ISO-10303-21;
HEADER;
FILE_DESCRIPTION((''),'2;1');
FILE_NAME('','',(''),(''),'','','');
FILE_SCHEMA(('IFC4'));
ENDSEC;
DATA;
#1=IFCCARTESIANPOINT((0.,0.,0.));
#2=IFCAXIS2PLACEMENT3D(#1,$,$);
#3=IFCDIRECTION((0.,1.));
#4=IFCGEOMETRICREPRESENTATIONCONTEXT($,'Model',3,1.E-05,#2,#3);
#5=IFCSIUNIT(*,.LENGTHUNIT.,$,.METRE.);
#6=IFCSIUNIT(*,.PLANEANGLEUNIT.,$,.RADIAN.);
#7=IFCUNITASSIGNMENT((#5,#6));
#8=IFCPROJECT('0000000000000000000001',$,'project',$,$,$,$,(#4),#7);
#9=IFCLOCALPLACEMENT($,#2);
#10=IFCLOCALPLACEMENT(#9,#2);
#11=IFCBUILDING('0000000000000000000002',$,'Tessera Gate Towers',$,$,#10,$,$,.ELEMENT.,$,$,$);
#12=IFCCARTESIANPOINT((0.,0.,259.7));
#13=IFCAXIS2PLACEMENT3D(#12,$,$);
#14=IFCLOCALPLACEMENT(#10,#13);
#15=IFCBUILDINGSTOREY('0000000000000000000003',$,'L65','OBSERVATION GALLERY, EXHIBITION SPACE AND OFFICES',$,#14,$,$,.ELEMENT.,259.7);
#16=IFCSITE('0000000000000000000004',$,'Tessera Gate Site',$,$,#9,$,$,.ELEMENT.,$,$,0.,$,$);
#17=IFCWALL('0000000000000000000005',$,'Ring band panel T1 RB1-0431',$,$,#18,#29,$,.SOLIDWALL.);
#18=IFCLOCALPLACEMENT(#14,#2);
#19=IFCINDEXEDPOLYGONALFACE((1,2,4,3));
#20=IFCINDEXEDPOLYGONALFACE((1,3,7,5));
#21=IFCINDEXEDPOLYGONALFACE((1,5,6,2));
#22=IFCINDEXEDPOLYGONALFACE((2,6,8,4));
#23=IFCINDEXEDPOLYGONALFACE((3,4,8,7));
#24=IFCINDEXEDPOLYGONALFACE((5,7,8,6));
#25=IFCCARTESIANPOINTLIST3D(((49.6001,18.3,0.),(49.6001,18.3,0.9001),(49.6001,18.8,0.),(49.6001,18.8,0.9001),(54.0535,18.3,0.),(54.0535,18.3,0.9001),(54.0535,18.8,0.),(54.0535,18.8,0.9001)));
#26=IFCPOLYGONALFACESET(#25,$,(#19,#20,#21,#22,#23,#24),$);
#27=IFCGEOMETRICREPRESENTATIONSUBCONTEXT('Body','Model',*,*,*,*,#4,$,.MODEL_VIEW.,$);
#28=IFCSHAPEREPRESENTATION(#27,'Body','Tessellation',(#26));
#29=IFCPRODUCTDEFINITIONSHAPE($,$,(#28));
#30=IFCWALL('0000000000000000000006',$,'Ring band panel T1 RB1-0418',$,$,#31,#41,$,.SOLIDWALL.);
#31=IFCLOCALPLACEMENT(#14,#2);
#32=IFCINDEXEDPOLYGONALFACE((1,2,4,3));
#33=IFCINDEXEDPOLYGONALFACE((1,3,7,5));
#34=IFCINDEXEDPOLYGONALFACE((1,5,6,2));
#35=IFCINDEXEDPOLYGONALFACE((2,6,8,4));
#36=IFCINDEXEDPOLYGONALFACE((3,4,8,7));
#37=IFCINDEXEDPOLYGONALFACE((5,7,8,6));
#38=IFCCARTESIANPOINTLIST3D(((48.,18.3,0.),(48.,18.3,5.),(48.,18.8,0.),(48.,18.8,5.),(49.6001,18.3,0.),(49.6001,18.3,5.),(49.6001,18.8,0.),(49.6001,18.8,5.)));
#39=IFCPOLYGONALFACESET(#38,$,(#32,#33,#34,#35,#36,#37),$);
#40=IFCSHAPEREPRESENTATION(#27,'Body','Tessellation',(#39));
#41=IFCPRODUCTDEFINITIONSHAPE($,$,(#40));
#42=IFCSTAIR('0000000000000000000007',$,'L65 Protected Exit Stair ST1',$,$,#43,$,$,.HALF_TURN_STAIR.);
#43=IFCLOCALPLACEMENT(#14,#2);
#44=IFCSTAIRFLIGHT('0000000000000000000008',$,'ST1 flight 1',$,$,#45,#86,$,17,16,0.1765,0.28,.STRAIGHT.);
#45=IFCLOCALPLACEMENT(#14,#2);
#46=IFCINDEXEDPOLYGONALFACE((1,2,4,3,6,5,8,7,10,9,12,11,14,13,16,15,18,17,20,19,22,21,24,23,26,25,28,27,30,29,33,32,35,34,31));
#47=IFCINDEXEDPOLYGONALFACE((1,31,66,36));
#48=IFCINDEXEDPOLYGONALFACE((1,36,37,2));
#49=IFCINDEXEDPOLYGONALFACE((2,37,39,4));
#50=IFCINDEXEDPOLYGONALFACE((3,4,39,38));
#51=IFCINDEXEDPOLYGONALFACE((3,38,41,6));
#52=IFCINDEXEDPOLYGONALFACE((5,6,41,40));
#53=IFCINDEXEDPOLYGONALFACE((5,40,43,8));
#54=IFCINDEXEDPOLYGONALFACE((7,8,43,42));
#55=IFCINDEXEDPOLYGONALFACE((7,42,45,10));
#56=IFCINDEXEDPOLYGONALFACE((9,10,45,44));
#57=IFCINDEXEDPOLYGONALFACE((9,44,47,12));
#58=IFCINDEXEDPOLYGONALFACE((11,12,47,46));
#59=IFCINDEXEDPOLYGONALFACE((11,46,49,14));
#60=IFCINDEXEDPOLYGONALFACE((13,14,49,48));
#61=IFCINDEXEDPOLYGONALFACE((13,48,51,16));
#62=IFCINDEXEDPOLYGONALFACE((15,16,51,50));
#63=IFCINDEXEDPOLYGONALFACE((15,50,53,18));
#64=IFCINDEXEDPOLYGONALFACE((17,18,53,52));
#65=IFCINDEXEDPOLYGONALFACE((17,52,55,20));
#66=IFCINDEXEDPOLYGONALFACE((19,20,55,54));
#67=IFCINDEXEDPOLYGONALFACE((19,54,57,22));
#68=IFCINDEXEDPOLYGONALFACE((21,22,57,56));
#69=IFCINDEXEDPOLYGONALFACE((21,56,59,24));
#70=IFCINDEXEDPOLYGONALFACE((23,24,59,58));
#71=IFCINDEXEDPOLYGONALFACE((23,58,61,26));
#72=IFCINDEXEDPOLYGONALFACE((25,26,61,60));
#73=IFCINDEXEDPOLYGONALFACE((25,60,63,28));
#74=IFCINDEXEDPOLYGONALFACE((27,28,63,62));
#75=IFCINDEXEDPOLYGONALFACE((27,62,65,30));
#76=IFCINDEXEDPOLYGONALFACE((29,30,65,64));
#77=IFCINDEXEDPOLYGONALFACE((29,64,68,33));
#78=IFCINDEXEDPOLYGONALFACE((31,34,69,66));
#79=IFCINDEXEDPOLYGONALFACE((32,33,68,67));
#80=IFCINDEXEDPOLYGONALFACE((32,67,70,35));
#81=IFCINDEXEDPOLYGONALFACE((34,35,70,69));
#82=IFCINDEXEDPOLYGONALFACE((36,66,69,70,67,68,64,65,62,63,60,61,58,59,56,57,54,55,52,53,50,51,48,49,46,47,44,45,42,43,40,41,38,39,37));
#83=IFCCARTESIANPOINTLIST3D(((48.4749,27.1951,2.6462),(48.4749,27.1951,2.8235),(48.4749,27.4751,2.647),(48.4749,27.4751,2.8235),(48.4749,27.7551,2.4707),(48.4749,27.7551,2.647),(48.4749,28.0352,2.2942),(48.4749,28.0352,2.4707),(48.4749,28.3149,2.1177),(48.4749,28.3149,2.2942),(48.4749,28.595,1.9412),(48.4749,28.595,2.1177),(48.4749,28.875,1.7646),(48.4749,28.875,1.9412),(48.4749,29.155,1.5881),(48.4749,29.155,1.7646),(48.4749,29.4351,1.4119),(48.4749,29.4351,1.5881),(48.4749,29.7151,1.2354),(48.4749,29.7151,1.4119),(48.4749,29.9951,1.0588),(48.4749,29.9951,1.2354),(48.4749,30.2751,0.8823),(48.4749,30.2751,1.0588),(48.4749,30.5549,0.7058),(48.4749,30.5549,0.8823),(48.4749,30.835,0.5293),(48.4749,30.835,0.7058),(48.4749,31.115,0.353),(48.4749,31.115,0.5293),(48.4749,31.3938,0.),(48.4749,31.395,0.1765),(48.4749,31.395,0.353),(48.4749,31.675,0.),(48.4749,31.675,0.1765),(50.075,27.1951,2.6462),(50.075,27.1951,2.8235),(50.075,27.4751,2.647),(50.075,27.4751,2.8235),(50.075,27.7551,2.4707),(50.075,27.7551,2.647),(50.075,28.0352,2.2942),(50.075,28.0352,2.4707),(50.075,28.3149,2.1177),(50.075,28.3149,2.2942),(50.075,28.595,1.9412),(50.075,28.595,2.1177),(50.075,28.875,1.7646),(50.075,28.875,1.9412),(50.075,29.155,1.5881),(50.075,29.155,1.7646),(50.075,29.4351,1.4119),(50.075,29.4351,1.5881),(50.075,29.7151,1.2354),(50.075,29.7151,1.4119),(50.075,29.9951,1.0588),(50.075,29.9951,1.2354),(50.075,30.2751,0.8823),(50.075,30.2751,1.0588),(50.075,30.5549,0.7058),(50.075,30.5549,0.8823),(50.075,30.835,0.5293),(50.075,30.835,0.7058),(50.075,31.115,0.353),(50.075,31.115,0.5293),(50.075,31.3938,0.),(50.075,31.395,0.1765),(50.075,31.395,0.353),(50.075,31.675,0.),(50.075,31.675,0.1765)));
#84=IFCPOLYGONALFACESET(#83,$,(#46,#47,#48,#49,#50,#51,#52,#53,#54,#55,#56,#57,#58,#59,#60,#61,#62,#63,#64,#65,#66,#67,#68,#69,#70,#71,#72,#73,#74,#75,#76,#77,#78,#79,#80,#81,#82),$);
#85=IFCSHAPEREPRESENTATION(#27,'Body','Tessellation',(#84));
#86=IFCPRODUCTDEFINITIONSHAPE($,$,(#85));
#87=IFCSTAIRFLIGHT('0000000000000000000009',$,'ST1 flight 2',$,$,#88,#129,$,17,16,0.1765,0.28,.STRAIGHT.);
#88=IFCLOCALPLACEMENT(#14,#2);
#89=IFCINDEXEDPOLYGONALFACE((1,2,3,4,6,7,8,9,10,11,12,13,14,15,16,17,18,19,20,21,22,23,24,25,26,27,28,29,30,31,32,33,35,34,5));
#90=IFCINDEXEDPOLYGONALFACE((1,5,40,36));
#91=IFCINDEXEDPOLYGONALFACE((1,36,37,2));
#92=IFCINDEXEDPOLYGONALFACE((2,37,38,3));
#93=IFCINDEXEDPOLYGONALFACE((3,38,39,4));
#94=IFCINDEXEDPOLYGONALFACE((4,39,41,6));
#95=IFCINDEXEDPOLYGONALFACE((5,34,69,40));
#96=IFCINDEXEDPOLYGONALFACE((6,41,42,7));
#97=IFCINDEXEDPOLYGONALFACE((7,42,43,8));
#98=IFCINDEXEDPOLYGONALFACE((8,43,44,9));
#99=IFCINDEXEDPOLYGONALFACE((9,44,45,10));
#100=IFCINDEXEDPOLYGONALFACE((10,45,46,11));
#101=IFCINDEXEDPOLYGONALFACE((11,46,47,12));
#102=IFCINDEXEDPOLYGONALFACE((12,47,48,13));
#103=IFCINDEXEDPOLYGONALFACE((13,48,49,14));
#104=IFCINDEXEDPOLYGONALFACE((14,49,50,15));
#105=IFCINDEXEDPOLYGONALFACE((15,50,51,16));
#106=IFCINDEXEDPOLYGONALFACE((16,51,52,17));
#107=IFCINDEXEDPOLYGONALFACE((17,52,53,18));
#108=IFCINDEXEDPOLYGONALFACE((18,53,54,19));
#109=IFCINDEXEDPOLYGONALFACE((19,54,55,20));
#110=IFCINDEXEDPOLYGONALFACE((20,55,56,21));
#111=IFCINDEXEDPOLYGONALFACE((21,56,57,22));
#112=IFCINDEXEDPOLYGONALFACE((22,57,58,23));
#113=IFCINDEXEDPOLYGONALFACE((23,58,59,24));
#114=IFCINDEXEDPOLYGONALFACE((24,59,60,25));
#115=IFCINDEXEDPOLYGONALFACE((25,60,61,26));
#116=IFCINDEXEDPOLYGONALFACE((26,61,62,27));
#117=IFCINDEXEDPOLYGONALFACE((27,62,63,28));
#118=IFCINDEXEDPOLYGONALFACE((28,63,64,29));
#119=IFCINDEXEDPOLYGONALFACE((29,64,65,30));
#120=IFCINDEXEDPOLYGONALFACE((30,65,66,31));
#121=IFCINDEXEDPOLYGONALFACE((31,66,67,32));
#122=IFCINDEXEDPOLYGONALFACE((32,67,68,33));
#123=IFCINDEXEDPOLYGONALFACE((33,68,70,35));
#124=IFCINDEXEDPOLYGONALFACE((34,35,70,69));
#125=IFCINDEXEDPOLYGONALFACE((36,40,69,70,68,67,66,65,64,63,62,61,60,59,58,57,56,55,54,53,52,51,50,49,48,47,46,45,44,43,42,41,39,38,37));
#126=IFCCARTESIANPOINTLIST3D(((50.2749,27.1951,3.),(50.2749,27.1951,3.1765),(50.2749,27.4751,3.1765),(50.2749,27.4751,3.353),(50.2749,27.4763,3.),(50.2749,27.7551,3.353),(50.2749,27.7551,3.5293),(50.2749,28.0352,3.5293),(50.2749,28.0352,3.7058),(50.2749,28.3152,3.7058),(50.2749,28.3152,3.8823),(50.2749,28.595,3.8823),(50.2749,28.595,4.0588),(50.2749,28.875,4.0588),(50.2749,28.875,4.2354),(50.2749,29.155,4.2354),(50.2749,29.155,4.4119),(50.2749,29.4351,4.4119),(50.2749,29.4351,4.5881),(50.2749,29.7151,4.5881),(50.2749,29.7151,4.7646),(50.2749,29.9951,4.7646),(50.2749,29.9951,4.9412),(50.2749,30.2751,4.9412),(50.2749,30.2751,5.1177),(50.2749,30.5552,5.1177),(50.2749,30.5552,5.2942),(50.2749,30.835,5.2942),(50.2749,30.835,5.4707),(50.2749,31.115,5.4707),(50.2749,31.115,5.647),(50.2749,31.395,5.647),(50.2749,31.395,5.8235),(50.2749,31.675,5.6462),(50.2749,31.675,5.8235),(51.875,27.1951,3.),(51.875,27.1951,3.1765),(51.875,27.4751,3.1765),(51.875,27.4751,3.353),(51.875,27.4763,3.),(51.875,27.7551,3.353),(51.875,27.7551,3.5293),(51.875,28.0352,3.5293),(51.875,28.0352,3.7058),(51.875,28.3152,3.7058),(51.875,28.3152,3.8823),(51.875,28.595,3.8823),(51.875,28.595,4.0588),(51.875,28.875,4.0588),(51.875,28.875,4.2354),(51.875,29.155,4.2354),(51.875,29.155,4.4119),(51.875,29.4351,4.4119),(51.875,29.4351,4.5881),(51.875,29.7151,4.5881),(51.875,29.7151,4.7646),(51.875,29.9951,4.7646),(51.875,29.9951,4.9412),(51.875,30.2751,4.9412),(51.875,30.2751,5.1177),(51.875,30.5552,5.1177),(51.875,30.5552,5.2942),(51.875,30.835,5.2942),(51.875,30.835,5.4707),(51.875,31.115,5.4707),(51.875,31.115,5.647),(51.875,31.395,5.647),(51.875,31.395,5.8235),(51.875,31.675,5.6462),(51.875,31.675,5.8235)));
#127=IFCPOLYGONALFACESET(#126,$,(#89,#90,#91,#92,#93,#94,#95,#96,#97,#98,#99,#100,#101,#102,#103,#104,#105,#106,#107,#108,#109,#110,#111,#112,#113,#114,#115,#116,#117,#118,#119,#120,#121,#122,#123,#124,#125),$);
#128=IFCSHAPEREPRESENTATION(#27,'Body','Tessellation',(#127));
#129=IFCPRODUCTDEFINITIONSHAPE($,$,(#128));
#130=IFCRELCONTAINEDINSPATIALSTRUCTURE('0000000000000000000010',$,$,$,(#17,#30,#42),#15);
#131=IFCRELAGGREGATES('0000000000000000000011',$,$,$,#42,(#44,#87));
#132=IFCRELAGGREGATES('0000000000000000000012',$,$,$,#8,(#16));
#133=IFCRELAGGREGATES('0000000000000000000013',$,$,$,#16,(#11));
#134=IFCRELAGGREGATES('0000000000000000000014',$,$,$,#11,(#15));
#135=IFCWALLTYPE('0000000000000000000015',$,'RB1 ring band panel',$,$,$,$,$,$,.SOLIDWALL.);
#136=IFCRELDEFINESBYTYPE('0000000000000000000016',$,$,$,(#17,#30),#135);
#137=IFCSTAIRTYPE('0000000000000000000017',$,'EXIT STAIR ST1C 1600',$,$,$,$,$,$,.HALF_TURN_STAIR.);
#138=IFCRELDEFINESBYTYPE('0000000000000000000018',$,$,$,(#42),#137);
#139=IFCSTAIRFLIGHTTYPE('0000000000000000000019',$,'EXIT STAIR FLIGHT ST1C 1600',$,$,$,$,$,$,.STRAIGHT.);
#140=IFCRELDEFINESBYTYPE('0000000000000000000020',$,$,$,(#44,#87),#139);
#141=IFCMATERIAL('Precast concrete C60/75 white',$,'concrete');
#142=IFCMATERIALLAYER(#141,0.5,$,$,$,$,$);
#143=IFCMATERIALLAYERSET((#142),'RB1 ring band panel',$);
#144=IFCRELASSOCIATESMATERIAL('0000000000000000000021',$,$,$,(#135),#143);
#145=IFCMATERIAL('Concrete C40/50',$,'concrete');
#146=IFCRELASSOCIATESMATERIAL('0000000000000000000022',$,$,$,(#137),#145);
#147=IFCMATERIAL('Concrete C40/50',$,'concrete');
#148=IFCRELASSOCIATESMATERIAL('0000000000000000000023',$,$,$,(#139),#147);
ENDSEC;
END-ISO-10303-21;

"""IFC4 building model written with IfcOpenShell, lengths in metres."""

from ifc_helpers import new_model, si_unit, direction, frame, origin, place, context, subcontext, project, spatial, polyline, outline, extrude, source, transform, mapped, material, layer, layer_set, type_object, element, aggregate, save


model = new_model("IFC4")

# Units and contexts
model_context = context("Model", 3, precision=1e-05, world=origin(), true_north=direction((0.0, 1.0)))
body_context = subcontext(model_context, "Body", "Model", "MODEL_VIEW")
ifc_project = project(units=[si_unit("LENGTHUNIT", "METRE"), si_unit("PLANEANGLEUNIT", "RADIAN")], contexts=[model_context])

# Site, building, storey
site_placement = place(None, origin())
site = spatial("IfcSite", under=ifc_project, at=site_placement, Name="Tessera Gate Site", CompositionType="ELEMENT", RefElevation=0.0)
building_placement = place(site_placement, origin())
building = spatial("IfcBuilding", under=site, at=building_placement, Name="Tessera Gate Towers", CompositionType="ELEMENT")
storey_placement = place(building_placement, frame((0.0, 0.0, 259.7)))
storey = spatial("IfcBuildingStorey", under=building, at=storey_placement, Name="L65", Description="OBSERVATION GALLERY, EXHIBITION SPACE AND OFFICES", CompositionType="ELEMENT", Elevation=259.7)

# Walls
ifc_material_1 = material(Name="Precast concrete C60/75 white", Category="concrete")
ifc_layer_1 = layer(ifc_material_1, 0.5)
ifc_layer_set_1 = layer_set([ifc_layer_1], Name="RB1 ring band panel")
wall_type_1 = type_object("IfcWallType", Name="RB1 ring band panel", PredefinedType="SOLIDWALL", material=ifc_layer_set_1)
shared_shape_1 = source(origin(), body_context, "Body", "SweptSolid", [
    extrude(outline(polyline([(0.0, 0.0), (4.4534, 0.0), (4.4534, 0.9001), (0.0, 0.9001), (0.0, 0.0)])), frame((0.0, 0.25, 0.0), z_axis=(0.0, -1.0, 0.0), x_axis=(1.0, 0.0, 0.0)), (0.0, 0.0, 1.0), 0.5),
])
wall_1_placement = place(storey_placement, frame((49.6001, 18.55, 0.0), z_axis=(0.0, 0.0, 1.0), x_axis=(1.0, 0.0, 0.0)))
element("IfcWall", 1, at=wall_1_placement, inside=storey, type_object=wall_type_1, Name="Ring band panel T1 RB1-0431", PredefinedType="SOLIDWALL", context=body_context, shape_type="MappedRepresentation", body=[
    mapped(shared_shape_1, transform((0.0, 0.0, 0.0), scale=1.0)),
])
shared_shape_2 = source(origin(), body_context, "Body", "SweptSolid", [
    extrude(outline(polyline([(0.0, 0.0), (1.6001, 0.0), (1.6001, 5.0), (0.0, 5.0), (0.0, 0.0)])), frame((0.0, 0.25, 0.0), z_axis=(0.0, -1.0, 0.0), x_axis=(1.0, 0.0, 0.0)), (0.0, 0.0, 1.0), 0.5),
])
wall_2_placement = place(storey_placement, frame((48.0, 18.55, 0.0), z_axis=(0.0, 0.0, 1.0), x_axis=(1.0, 0.0, 0.0)))
element("IfcWall", 2, at=wall_2_placement, inside=storey, type_object=wall_type_1, Name="Ring band panel T1 RB1-0418", PredefinedType="SOLIDWALL", context=body_context, shape_type="MappedRepresentation", body=[
    mapped(shared_shape_2, transform((0.0, 0.0, 0.0), scale=1.0)),
])

# Stair, stair flights
ifc_material_2 = material(Name="Concrete C40/50", Category="concrete")
stair_type = type_object("IfcStairType", Name="EXIT STAIR ST1C 1600", PredefinedType="HALF_TURN_STAIR", material=ifc_material_2)
stair_placement = place(storey_placement, origin())
stair = element("IfcStair", 3, at=stair_placement, inside=storey, type_object=stair_type, Name="L65 Protected Exit Stair ST1", PredefinedType="HALF_TURN_STAIR")
ifc_material_3 = material(Name="Concrete C40/50", Category="concrete")
stair_flight_type = type_object("IfcStairFlightType", Name="EXIT STAIR FLIGHT ST1C 1600", PredefinedType="STRAIGHT", material=ifc_material_3)
stair_flight_1_placement = place(storey_placement, frame((49.2749, 31.675, 0.0), z_axis=(0.0, 0.0, 1.0), x_axis=(0.0, -1.0, 0.0)))
stair_flight_1 = element("IfcStairFlight", 4, at=stair_flight_1_placement, type_object=stair_flight_type, Name="ST1 flight 1", NumberOfRisers=17, NumberOfTreads=16, PredefinedType="STRAIGHT", RiserHeight=0.1765, TreadLength=0.28, context=body_context, shape_type="SweptSolid", body=[
    extrude(outline(polyline([(0.0, 0.0), (0.0, 0.1765), (0.28, 0.1765), (0.28, 0.353), (0.5601, 0.353), (0.5601, 0.5293), (0.8401, 0.5293), (0.8401, 0.7058), (1.1201, 0.7058), (1.1201, 0.8823), (1.3999, 0.8823), (1.3999, 1.0588), (1.6799, 1.0588), (1.6799, 1.2354), (1.96, 1.2354), (1.96, 1.4119), (2.24, 1.4119), (2.24, 1.5881), (2.52, 1.5881), (2.52, 1.7646), (2.8, 1.7646), (2.8, 1.9412), (3.0801, 1.9412), (3.0801, 2.1177), (3.3601, 2.1177), (3.3601, 2.2942), (3.6399, 2.2942), (3.6399, 2.4707), (3.9199, 2.4707), (3.9199, 2.647), (4.2, 2.647), (4.2, 2.8235), (4.48, 2.8235), (4.48, 3.0), (4.48, 2.6462), (0.2812, 0.0), (0.0, 0.0)])), frame((0.0, 0.8, 0.0), z_axis=(0.0, -1.0, 0.0), x_axis=(1.0, 0.0, 0.0)), (0.0, 0.0, 1.0), 1.6001),
])
stair_flight_2_placement = place(storey_placement, frame((51.075, 27.1951, 3.0), z_axis=(0.0, 0.0, 1.0), x_axis=(0.0, 1.0, 0.0)))
stair_flight_2 = element("IfcStairFlight", 5, at=stair_flight_2_placement, type_object=stair_flight_type, Name="ST1 flight 2", NumberOfRisers=17, NumberOfTreads=16, PredefinedType="STRAIGHT", RiserHeight=0.1765, TreadLength=0.28, context=body_context, shape_type="SweptSolid", body=[
    extrude(outline(polyline([(0.0, 0.0), (0.0, 0.1765), (0.28, 0.1765), (0.28, 0.353), (0.5601, 0.353), (0.5601, 0.5293), (0.8401, 0.5293), (0.8401, 0.7058), (1.1201, 0.7058), (1.1201, 0.8823), (1.3999, 0.8823), (1.3999, 1.0588), (1.6799, 1.0588), (1.6799, 1.2354), (1.96, 1.2354), (1.96, 1.4119), (2.24, 1.4119), (2.24, 1.5881), (2.52, 1.5881), (2.52, 1.7646), (2.8, 1.7646), (2.8, 1.9412), (3.0801, 1.9412), (3.0801, 2.1177), (3.3601, 2.1177), (3.3601, 2.2942), (3.6399, 2.2942), (3.6399, 2.4707), (3.9199, 2.4707), (3.9199, 2.647), (4.2, 2.647), (4.2, 2.8235), (4.48, 2.8235), (4.48, 3.0), (4.48, 2.6462), (0.2812, 0.0), (0.0, 0.0)])), frame((0.0, 0.8, 0.0), z_axis=(0.0, -1.0, 0.0), x_axis=(1.0, 0.0, 0.0)), (0.0, 0.0, 1.0), 1.6001),
])
aggregate(stair, [stair_flight_1, stair_flight_2])

save(model, "model.ifc")
